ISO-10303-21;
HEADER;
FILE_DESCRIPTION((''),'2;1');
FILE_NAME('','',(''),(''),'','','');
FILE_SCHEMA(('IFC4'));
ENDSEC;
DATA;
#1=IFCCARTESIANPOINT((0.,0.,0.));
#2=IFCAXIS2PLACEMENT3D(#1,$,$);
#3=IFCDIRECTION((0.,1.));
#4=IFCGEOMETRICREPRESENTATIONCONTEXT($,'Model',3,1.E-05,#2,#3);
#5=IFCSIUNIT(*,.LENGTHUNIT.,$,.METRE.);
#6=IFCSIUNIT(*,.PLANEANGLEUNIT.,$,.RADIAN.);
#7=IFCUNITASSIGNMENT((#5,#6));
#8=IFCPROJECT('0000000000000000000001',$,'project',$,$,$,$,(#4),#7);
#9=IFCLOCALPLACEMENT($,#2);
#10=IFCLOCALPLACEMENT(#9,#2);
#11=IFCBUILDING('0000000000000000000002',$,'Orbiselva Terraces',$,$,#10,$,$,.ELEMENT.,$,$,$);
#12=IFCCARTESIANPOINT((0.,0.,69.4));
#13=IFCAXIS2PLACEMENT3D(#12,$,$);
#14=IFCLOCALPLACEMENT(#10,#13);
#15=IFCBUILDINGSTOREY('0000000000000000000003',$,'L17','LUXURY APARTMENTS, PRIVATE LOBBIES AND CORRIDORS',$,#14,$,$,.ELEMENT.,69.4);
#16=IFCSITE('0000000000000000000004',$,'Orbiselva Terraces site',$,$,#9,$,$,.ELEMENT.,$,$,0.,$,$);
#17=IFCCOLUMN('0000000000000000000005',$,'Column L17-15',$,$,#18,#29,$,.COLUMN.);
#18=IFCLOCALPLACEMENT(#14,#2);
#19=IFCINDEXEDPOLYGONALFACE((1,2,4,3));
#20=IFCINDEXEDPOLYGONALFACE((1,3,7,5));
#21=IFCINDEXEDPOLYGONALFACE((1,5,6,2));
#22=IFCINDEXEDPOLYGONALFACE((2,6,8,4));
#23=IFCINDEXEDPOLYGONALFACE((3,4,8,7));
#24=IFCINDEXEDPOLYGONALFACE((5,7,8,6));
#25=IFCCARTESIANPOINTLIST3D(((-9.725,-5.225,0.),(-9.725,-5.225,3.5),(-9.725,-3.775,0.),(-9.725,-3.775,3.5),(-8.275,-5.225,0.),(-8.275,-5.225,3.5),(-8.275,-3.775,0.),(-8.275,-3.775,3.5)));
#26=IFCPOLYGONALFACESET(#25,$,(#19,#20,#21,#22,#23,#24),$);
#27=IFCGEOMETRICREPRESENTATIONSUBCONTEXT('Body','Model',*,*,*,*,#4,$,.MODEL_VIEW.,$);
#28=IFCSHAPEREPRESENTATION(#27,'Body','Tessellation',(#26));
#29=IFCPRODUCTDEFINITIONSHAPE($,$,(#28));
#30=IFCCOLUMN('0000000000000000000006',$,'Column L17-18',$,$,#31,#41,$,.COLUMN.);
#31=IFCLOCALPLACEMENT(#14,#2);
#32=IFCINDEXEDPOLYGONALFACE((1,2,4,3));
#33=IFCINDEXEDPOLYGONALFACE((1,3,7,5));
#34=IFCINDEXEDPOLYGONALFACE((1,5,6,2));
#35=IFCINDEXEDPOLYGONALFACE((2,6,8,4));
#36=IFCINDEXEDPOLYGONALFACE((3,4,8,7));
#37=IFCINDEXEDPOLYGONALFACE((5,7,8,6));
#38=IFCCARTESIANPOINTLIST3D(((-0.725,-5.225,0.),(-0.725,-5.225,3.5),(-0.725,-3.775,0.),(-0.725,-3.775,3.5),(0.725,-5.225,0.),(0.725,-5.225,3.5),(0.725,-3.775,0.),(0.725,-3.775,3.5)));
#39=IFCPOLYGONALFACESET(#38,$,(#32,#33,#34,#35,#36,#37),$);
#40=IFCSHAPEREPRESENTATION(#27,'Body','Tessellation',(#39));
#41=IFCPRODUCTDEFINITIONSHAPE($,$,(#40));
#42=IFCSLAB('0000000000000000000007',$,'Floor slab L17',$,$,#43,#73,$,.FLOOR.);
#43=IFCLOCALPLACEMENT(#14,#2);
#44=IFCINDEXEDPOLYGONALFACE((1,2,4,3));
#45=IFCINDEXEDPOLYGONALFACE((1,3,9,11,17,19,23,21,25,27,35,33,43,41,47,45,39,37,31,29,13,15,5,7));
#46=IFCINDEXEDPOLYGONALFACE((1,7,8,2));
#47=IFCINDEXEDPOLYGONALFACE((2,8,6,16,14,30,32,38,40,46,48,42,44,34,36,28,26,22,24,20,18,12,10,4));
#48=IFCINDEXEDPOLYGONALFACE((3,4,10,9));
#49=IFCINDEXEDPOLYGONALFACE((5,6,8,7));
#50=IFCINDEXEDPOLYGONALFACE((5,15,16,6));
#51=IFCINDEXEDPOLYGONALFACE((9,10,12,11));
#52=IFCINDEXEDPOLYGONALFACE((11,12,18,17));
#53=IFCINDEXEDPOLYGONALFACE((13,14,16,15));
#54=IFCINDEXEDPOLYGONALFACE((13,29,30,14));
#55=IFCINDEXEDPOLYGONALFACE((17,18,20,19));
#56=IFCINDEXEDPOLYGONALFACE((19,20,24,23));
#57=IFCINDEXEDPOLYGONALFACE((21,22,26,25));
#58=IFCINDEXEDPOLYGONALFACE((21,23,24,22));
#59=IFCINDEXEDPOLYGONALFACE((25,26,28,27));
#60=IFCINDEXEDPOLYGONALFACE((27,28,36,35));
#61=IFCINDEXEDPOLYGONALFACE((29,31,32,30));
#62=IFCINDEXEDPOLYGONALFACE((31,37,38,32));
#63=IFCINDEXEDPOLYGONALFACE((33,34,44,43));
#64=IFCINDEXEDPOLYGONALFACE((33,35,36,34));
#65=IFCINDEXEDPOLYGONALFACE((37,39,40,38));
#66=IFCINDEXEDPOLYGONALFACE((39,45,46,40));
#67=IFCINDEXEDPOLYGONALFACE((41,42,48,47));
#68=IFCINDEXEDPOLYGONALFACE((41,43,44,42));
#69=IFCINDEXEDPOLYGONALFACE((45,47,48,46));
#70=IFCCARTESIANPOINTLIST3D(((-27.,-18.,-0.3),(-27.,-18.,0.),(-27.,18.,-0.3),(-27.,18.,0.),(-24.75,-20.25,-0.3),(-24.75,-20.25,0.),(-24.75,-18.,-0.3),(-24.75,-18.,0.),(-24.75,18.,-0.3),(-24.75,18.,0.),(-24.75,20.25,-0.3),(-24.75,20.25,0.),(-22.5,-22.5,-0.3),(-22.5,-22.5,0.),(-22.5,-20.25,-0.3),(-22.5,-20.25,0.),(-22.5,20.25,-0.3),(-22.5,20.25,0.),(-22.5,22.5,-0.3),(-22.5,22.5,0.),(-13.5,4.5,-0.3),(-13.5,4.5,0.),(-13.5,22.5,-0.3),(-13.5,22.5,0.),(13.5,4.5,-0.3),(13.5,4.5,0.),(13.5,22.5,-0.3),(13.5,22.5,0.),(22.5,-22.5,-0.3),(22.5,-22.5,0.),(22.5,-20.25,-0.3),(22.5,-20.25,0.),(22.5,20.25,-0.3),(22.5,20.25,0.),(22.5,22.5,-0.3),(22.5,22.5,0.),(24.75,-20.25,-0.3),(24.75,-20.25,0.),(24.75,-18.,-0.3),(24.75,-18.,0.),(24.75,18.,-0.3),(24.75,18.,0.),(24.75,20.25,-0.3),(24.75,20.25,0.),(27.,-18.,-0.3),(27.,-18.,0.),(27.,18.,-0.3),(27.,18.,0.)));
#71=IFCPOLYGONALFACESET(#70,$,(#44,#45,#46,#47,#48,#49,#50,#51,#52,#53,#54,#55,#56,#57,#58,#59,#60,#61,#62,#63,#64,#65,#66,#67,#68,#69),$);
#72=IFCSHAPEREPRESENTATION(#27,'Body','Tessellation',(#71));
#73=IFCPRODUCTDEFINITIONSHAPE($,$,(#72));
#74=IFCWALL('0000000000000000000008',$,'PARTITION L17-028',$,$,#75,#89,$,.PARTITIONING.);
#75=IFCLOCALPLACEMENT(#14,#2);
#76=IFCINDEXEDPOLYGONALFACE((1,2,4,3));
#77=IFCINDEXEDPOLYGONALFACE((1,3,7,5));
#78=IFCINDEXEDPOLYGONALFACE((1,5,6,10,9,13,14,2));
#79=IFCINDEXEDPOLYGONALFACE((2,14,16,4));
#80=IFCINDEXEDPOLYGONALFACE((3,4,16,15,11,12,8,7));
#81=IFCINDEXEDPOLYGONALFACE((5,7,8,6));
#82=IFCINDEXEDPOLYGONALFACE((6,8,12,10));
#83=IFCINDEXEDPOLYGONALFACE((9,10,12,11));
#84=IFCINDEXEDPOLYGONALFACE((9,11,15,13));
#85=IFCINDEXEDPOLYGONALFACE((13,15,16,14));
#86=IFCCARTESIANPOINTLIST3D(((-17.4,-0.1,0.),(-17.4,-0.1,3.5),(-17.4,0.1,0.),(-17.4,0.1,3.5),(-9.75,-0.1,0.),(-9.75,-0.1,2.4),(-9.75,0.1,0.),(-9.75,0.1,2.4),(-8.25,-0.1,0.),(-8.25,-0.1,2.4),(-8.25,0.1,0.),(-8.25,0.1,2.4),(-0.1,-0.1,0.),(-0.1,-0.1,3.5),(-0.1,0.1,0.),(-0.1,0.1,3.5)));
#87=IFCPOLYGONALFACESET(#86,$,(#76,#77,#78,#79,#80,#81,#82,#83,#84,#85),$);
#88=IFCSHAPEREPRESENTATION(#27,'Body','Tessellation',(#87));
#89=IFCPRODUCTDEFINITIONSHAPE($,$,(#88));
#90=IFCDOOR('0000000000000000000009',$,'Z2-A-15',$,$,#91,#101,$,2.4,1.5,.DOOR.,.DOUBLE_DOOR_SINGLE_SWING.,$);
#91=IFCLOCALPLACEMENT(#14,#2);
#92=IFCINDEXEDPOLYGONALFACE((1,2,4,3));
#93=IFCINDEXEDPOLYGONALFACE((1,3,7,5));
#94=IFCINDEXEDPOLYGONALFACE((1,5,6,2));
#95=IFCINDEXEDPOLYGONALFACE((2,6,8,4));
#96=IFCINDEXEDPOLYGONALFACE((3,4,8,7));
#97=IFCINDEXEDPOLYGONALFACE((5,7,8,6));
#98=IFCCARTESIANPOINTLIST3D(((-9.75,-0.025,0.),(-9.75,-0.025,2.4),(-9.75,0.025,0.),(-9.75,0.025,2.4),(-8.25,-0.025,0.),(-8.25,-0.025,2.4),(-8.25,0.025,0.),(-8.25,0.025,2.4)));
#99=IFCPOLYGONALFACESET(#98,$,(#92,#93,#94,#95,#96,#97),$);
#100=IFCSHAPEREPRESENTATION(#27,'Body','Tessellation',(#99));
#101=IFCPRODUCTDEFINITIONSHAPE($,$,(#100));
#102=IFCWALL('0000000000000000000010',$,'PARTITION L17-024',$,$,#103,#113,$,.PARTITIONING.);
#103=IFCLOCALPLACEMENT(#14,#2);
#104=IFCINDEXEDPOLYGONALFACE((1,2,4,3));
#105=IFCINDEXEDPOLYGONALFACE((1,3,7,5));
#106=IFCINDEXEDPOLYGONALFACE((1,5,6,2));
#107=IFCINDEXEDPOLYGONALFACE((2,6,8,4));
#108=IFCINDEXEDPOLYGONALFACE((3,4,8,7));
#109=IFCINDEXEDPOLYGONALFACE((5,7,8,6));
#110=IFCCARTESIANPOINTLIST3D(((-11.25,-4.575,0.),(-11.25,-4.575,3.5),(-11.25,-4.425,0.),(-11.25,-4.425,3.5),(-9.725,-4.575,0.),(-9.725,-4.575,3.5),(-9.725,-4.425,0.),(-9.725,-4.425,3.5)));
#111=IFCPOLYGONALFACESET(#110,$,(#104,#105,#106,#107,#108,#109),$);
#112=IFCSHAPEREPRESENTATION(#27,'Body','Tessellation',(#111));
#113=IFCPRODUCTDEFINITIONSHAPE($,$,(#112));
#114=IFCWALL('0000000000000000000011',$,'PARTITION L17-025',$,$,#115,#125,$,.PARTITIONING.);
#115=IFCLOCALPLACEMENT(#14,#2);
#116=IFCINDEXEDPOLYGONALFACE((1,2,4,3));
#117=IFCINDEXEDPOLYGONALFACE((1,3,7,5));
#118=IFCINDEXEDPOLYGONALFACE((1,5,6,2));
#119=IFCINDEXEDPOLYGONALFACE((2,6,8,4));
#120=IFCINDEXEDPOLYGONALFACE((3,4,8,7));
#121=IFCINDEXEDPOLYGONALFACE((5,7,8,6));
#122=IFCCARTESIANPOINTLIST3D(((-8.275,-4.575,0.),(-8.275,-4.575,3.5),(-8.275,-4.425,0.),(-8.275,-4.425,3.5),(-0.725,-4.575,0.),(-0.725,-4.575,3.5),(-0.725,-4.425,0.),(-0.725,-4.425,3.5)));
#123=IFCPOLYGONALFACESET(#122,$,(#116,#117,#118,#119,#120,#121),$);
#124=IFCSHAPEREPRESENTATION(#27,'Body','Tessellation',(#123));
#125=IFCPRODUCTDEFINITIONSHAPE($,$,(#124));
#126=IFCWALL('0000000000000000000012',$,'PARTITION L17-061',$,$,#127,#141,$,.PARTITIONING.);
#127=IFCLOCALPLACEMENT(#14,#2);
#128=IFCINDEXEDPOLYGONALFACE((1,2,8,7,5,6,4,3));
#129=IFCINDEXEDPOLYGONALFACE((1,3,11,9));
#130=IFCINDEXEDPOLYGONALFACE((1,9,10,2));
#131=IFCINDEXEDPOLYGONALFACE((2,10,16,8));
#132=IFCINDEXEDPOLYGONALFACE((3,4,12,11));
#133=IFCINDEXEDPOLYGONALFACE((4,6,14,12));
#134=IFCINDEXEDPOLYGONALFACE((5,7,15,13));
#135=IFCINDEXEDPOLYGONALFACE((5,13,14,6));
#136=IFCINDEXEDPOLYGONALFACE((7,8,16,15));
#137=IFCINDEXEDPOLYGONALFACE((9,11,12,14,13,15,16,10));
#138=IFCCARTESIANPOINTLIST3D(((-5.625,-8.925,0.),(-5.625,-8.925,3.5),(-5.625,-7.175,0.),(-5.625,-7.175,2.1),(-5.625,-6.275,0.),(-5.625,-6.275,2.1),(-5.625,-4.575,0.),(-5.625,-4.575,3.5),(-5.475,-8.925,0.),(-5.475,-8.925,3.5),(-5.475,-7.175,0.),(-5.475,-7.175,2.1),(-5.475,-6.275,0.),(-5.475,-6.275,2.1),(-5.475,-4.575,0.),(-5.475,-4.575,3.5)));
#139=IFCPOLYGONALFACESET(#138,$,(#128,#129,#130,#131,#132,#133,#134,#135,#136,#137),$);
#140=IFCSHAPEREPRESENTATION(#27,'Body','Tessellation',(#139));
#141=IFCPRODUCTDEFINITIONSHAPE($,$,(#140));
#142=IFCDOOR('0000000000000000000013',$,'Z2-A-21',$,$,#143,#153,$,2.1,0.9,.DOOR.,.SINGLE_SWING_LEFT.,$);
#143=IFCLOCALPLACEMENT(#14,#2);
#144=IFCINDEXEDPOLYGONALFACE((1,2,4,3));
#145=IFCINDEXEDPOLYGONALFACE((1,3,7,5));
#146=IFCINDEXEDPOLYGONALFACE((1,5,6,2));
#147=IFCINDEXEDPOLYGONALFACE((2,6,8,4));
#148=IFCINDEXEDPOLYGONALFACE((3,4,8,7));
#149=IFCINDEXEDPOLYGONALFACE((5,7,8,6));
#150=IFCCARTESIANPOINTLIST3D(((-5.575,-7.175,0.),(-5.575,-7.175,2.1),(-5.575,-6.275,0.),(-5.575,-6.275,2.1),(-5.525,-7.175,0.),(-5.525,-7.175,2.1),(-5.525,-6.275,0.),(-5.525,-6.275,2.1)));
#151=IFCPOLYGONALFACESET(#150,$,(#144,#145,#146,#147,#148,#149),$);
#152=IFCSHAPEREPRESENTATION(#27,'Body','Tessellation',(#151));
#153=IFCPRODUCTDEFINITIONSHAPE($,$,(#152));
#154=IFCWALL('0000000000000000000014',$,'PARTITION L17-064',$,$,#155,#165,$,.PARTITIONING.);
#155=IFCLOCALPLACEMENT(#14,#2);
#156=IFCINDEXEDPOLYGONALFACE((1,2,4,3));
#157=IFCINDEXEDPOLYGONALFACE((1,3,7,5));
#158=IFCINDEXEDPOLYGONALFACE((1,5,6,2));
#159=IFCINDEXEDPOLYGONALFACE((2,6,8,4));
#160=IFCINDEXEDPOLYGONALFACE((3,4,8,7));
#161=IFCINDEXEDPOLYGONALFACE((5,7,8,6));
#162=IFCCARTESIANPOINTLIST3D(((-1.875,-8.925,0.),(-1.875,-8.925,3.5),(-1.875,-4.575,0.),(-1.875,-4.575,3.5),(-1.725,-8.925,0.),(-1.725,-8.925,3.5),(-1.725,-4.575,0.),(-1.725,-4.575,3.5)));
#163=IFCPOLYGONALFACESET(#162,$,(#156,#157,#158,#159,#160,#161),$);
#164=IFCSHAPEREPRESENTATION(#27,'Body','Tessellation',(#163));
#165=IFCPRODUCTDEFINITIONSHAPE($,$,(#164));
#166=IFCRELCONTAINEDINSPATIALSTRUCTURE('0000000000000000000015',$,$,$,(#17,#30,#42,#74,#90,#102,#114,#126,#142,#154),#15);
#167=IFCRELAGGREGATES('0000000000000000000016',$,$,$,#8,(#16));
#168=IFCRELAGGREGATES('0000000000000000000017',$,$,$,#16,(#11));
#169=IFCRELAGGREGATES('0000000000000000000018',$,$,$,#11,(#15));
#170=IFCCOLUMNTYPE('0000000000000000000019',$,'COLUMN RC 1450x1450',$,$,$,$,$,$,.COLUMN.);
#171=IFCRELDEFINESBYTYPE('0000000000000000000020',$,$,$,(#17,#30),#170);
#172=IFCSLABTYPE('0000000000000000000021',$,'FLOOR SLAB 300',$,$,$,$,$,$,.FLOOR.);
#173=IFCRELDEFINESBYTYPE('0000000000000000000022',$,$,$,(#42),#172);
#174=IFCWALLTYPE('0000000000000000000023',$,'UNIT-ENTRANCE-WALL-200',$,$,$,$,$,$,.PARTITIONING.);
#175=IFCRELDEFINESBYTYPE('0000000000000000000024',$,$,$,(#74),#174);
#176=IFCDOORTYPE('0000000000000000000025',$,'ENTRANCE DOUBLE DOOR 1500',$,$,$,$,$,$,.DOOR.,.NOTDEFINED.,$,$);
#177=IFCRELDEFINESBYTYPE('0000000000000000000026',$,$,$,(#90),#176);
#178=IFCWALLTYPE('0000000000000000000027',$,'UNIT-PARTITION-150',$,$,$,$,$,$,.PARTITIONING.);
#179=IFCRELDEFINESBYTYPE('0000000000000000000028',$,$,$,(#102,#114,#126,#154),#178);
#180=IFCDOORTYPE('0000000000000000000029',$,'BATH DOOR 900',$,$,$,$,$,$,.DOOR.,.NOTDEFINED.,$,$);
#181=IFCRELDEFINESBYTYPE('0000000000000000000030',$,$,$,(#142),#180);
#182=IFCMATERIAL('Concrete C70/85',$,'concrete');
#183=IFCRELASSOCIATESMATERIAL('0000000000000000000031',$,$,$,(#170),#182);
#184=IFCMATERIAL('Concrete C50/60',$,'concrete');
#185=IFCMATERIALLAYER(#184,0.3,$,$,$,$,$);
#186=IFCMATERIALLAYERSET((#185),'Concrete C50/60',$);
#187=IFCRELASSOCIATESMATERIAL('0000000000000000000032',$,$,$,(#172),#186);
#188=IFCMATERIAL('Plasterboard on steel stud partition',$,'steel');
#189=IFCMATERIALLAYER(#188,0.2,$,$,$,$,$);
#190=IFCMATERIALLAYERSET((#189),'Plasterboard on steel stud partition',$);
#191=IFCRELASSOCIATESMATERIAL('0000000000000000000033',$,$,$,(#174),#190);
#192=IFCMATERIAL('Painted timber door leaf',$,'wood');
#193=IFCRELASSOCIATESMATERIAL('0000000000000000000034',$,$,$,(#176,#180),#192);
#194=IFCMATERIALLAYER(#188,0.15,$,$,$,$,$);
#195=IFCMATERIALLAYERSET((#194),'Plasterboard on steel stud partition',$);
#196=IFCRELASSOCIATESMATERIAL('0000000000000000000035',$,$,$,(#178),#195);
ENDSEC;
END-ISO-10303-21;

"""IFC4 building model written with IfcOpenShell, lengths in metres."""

from ifc_helpers import new_model, si_unit, direction, frame, frame_2d, origin, origin_2d, place, context, subcontext, project, spatial, polyline, rectangle, outline, extrude, material, layer, layer_set, material_profile, profile_set, type_object, element, fill, save


model = new_model("IFC4")

# Units and contexts
model_context = context("Model", 3, precision=1e-05, world=origin(), true_north=direction((0.0, 1.0)))
body_context = subcontext(model_context, "Body", "Model", "MODEL_VIEW")
ifc_project = project(units=[si_unit("LENGTHUNIT", "METRE"), si_unit("PLANEANGLEUNIT", "RADIAN")], contexts=[model_context])

# Site, building, storey
site_placement = place(None, origin())
site = spatial("IfcSite", under=ifc_project, at=site_placement, Name="Orbiselva Terraces site", CompositionType="ELEMENT", RefElevation=0.0)
building_placement = place(site_placement, origin())
building = spatial("IfcBuilding", under=site, at=building_placement, Name="Orbiselva Terraces", CompositionType="ELEMENT")
storey_placement = place(building_placement, frame((0.0, 0.0, 69.4)))
storey = spatial("IfcBuildingStorey", under=building, at=storey_placement, Name="L17", Description="LUXURY APARTMENTS, PRIVATE LOBBIES AND CORRIDORS", CompositionType="ELEMENT", Elevation=69.4)

# Columns
ifc_material_1 = material(Name="Concrete C70/85", Category="concrete")
ifc_material_profile = material_profile(ifc_material_1, rectangle(XDim=1.45, YDim=1.45, at=origin_2d()), Name="RC 1450x1450")
ifc_profile_set = profile_set([ifc_material_profile], Name="Concrete C70/85")
column_type = type_object("IfcColumnType", Name="COLUMN RC 1450x1450", PredefinedType="COLUMN", material=ifc_profile_set)
for number, where, z_axis, x_axis, name in (
    (1, (-9.0, -4.5, 0.0), (0.0, 0.0, 1.0), (1.0, 0.0, 0.0), "Column L17-15"),
    (2, (0.0, -4.5, 0.0), (0.0, 0.0, 1.0), (1.0, 0.0, 0.0), "Column L17-18"),
):
    element("IfcColumn", number, at=place(storey_placement, frame(where, z_axis=z_axis, x_axis=x_axis)), inside=storey, type_object=column_type, Name=name, PredefinedType="COLUMN", context=body_context, shape_type="SweptSolid", body=[
        extrude(rectangle(XDim=1.45, YDim=1.45, at=origin_2d()), origin(), (0.0, 0.0, 1.0), 3.5),
    ])

# Slab
ifc_material_2 = material(Name="Concrete C50/60", Category="concrete")
ifc_layer_1 = layer(ifc_material_2, 0.3)
ifc_layer_set_1 = layer_set([ifc_layer_1], Name="Concrete C50/60")
slab_type = type_object("IfcSlabType", Name="FLOOR SLAB 300", PredefinedType="FLOOR", material=ifc_layer_set_1)
slab_placement = place(storey_placement, frame((0.0, 0.0, -0.3)))
element("IfcSlab", 3, at=slab_placement, inside=storey, type_object=slab_type, Name="Floor slab L17", PredefinedType="FLOOR", context=body_context, shape_type="SweptSolid", body=[
    extrude(outline(polyline([(22.5, 22.5), (22.5, 20.25), (24.75, 20.25), (24.75, 18.0), (27.0, 18.0), (27.0, -18.0), (24.75, -18.0), (24.75, -20.25), (22.5, -20.25), (22.5, -22.5), (-22.5, -22.5), (-22.5, -20.25), (-24.75, -20.25), (-24.75, -18.0), (-27.0, -18.0), (-27.0, 18.0), (-24.75, 18.0), (-24.75, 20.25), (-22.5, 20.25), (-22.5, 22.5), (-13.5, 22.5), (-13.5, 4.5), (13.5, 4.5), (13.5, 22.5), (22.5, 22.5)])), origin(), (0.0, 0.0, 1.0), 0.3),
])

# Wall, opening, door
ifc_material_3 = material(Name="Plasterboard on steel stud partition", Category="steel")
ifc_layer_2 = layer(ifc_material_3, 0.2)
ifc_layer_set_2 = layer_set([ifc_layer_2], Name="Plasterboard on steel stud partition")
wall_type_1 = type_object("IfcWallType", Name="UNIT-ENTRANCE-WALL-200", PredefinedType="PARTITIONING", material=ifc_layer_set_2)
wall_1_placement = place(storey_placement, frame((-0.1, 0.0, 0.0), z_axis=(0.0, 0.0, 1.0), x_axis=(-1.0, 0.0, 0.0)))
wall_1 = element("IfcWall", 4, at=wall_1_placement, inside=storey, type_object=wall_type_1, Name="PARTITION L17-028", PredefinedType="PARTITIONING", context=body_context, shape_type="SweptSolid", body=[
    extrude(rectangle(XDim=17.3, YDim=0.2, at=frame_2d((8.65, 0.0))), origin(), (0.0, 0.0, 1.0), 3.5),
])
opening_1_placement = place(wall_1_placement, frame((8.15, 0.0, 0.0)))
opening_1 = element("IfcOpeningElement", 5, at=opening_1_placement, cuts=wall_1, PredefinedType="OPENING", context=body_context, shape_type="SweptSolid", body=[
    extrude(rectangle(XDim=1.5, YDim=2.4, at=frame_2d((0.75, 1.2))), frame((0.0, 0.11, 0.0), z_axis=(0.0, -1.0, 0.0), x_axis=(1.0, 0.0, 0.0)), (0.0, 0.0, 1.0), 0.22),
])
ifc_material_4 = material(Name="Painted timber door leaf", Category="wood")
door_type_1 = type_object("IfcDoorType", Name="ENTRANCE DOUBLE DOOR 1500", OperationType="NOTDEFINED", PredefinedType="DOOR", material=ifc_material_4)
door_1_placement = place(opening_1_placement, origin())
door_1 = element("IfcDoor", 6, at=door_1_placement, inside=storey, type_object=door_type_1, Name="Z2-A-15", OperationType="DOUBLE_DOOR_SINGLE_SWING", OverallHeight=2.4, OverallWidth=1.5, PredefinedType="DOOR", context=body_context, shape_type="SweptSolid", body=[
    extrude(rectangle(XDim=1.5, YDim=2.4, at=frame_2d((0.75, 1.2))), frame((0.0, 0.025, 0.0), z_axis=(0.0, -1.0, 0.0), x_axis=(1.0, 0.0, 0.0)), (0.0, 0.0, 1.0), 0.05),
])
fill(opening_1, door_1)

# Walls
ifc_layer_3 = layer(ifc_material_3, 0.15)
ifc_layer_set_3 = layer_set([ifc_layer_3], Name="Plasterboard on steel stud partition")
wall_type_2 = type_object("IfcWallType", Name="UNIT-PARTITION-150", PredefinedType="PARTITIONING", material=ifc_layer_set_3)
wall_2_placement = place(storey_placement, frame((-11.25, -4.5, 0.0), z_axis=(0.0, 0.0, 1.0), x_axis=(1.0, 0.0, 0.0)))
element("IfcWall", 7, at=wall_2_placement, inside=storey, type_object=wall_type_2, Name="PARTITION L17-024", PredefinedType="PARTITIONING", context=body_context, shape_type="SweptSolid", body=[
    extrude(rectangle(XDim=1.525, YDim=0.15, at=frame_2d((0.7625, 0.0))), origin(), (0.0, 0.0, 1.0), 3.5),
])
wall_3_placement = place(storey_placement, frame((-8.275, -4.5, 0.0), z_axis=(0.0, 0.0, 1.0), x_axis=(1.0, 0.0, 0.0)))
element("IfcWall", 8, at=wall_3_placement, inside=storey, type_object=wall_type_2, Name="PARTITION L17-025", PredefinedType="PARTITIONING", context=body_context, shape_type="SweptSolid", body=[
    extrude(rectangle(XDim=7.55, YDim=0.15, at=frame_2d((3.775, 0.0))), origin(), (0.0, 0.0, 1.0), 3.5),
])

# Wall, opening, door
wall_4_placement = place(storey_placement, frame((-5.55, -4.575, 0.0), z_axis=(0.0, 0.0, 1.0), x_axis=(0.0, -1.0, 0.0)))
wall_4 = element("IfcWall", 9, at=wall_4_placement, inside=storey, type_object=wall_type_2, Name="PARTITION L17-061", PredefinedType="PARTITIONING", context=body_context, shape_type="SweptSolid", body=[
    extrude(rectangle(XDim=4.35, YDim=0.15, at=frame_2d((2.175, 0.0))), origin(), (0.0, 0.0, 1.0), 3.5),
])
opening_2_placement = place(wall_4_placement, frame((1.7, 0.0, 0.0)))
opening_2 = element("IfcOpeningElement", 10, at=opening_2_placement, cuts=wall_4, PredefinedType="OPENING", context=body_context, shape_type="SweptSolid", body=[
    extrude(rectangle(XDim=0.9, YDim=2.1, at=frame_2d((0.45, 1.05))), frame((0.0, 0.085, 0.0), z_axis=(0.0, -1.0, 0.0), x_axis=(1.0, 0.0, 0.0)), (0.0, 0.0, 1.0), 0.17),
])
door_type_2 = type_object("IfcDoorType", Name="BATH DOOR 900", OperationType="NOTDEFINED", PredefinedType="DOOR", material=ifc_material_4)
door_2_placement = place(opening_2_placement, origin())
door_2 = element("IfcDoor", 11, at=door_2_placement, inside=storey, type_object=door_type_2, Name="Z2-A-21", OperationType="SINGLE_SWING_LEFT", OverallHeight=2.1, OverallWidth=0.9, PredefinedType="DOOR", context=body_context, shape_type="SweptSolid", body=[
    extrude(rectangle(XDim=0.9, YDim=2.1, at=frame_2d((0.45, 1.05))), frame((0.0, 0.025, 0.0), z_axis=(0.0, -1.0, 0.0), x_axis=(1.0, 0.0, 0.0)), (0.0, 0.0, 1.0), 0.05),
])
fill(opening_2, door_2)

# Wall
wall_5_placement = place(storey_placement, frame((-1.8, -8.925, 0.0), z_axis=(0.0, 0.0, 1.0), x_axis=(0.0, 1.0, 0.0)))
element("IfcWall", 12, at=wall_5_placement, inside=storey, type_object=wall_type_2, Name="PARTITION L17-064", PredefinedType="PARTITIONING", context=body_context, shape_type="SweptSolid", body=[
    extrude(rectangle(XDim=4.35, YDim=0.15, at=frame_2d((2.175, 0.0))), origin(), (0.0, 0.0, 1.0), 3.5),
])

save(model, "model.ifc")
